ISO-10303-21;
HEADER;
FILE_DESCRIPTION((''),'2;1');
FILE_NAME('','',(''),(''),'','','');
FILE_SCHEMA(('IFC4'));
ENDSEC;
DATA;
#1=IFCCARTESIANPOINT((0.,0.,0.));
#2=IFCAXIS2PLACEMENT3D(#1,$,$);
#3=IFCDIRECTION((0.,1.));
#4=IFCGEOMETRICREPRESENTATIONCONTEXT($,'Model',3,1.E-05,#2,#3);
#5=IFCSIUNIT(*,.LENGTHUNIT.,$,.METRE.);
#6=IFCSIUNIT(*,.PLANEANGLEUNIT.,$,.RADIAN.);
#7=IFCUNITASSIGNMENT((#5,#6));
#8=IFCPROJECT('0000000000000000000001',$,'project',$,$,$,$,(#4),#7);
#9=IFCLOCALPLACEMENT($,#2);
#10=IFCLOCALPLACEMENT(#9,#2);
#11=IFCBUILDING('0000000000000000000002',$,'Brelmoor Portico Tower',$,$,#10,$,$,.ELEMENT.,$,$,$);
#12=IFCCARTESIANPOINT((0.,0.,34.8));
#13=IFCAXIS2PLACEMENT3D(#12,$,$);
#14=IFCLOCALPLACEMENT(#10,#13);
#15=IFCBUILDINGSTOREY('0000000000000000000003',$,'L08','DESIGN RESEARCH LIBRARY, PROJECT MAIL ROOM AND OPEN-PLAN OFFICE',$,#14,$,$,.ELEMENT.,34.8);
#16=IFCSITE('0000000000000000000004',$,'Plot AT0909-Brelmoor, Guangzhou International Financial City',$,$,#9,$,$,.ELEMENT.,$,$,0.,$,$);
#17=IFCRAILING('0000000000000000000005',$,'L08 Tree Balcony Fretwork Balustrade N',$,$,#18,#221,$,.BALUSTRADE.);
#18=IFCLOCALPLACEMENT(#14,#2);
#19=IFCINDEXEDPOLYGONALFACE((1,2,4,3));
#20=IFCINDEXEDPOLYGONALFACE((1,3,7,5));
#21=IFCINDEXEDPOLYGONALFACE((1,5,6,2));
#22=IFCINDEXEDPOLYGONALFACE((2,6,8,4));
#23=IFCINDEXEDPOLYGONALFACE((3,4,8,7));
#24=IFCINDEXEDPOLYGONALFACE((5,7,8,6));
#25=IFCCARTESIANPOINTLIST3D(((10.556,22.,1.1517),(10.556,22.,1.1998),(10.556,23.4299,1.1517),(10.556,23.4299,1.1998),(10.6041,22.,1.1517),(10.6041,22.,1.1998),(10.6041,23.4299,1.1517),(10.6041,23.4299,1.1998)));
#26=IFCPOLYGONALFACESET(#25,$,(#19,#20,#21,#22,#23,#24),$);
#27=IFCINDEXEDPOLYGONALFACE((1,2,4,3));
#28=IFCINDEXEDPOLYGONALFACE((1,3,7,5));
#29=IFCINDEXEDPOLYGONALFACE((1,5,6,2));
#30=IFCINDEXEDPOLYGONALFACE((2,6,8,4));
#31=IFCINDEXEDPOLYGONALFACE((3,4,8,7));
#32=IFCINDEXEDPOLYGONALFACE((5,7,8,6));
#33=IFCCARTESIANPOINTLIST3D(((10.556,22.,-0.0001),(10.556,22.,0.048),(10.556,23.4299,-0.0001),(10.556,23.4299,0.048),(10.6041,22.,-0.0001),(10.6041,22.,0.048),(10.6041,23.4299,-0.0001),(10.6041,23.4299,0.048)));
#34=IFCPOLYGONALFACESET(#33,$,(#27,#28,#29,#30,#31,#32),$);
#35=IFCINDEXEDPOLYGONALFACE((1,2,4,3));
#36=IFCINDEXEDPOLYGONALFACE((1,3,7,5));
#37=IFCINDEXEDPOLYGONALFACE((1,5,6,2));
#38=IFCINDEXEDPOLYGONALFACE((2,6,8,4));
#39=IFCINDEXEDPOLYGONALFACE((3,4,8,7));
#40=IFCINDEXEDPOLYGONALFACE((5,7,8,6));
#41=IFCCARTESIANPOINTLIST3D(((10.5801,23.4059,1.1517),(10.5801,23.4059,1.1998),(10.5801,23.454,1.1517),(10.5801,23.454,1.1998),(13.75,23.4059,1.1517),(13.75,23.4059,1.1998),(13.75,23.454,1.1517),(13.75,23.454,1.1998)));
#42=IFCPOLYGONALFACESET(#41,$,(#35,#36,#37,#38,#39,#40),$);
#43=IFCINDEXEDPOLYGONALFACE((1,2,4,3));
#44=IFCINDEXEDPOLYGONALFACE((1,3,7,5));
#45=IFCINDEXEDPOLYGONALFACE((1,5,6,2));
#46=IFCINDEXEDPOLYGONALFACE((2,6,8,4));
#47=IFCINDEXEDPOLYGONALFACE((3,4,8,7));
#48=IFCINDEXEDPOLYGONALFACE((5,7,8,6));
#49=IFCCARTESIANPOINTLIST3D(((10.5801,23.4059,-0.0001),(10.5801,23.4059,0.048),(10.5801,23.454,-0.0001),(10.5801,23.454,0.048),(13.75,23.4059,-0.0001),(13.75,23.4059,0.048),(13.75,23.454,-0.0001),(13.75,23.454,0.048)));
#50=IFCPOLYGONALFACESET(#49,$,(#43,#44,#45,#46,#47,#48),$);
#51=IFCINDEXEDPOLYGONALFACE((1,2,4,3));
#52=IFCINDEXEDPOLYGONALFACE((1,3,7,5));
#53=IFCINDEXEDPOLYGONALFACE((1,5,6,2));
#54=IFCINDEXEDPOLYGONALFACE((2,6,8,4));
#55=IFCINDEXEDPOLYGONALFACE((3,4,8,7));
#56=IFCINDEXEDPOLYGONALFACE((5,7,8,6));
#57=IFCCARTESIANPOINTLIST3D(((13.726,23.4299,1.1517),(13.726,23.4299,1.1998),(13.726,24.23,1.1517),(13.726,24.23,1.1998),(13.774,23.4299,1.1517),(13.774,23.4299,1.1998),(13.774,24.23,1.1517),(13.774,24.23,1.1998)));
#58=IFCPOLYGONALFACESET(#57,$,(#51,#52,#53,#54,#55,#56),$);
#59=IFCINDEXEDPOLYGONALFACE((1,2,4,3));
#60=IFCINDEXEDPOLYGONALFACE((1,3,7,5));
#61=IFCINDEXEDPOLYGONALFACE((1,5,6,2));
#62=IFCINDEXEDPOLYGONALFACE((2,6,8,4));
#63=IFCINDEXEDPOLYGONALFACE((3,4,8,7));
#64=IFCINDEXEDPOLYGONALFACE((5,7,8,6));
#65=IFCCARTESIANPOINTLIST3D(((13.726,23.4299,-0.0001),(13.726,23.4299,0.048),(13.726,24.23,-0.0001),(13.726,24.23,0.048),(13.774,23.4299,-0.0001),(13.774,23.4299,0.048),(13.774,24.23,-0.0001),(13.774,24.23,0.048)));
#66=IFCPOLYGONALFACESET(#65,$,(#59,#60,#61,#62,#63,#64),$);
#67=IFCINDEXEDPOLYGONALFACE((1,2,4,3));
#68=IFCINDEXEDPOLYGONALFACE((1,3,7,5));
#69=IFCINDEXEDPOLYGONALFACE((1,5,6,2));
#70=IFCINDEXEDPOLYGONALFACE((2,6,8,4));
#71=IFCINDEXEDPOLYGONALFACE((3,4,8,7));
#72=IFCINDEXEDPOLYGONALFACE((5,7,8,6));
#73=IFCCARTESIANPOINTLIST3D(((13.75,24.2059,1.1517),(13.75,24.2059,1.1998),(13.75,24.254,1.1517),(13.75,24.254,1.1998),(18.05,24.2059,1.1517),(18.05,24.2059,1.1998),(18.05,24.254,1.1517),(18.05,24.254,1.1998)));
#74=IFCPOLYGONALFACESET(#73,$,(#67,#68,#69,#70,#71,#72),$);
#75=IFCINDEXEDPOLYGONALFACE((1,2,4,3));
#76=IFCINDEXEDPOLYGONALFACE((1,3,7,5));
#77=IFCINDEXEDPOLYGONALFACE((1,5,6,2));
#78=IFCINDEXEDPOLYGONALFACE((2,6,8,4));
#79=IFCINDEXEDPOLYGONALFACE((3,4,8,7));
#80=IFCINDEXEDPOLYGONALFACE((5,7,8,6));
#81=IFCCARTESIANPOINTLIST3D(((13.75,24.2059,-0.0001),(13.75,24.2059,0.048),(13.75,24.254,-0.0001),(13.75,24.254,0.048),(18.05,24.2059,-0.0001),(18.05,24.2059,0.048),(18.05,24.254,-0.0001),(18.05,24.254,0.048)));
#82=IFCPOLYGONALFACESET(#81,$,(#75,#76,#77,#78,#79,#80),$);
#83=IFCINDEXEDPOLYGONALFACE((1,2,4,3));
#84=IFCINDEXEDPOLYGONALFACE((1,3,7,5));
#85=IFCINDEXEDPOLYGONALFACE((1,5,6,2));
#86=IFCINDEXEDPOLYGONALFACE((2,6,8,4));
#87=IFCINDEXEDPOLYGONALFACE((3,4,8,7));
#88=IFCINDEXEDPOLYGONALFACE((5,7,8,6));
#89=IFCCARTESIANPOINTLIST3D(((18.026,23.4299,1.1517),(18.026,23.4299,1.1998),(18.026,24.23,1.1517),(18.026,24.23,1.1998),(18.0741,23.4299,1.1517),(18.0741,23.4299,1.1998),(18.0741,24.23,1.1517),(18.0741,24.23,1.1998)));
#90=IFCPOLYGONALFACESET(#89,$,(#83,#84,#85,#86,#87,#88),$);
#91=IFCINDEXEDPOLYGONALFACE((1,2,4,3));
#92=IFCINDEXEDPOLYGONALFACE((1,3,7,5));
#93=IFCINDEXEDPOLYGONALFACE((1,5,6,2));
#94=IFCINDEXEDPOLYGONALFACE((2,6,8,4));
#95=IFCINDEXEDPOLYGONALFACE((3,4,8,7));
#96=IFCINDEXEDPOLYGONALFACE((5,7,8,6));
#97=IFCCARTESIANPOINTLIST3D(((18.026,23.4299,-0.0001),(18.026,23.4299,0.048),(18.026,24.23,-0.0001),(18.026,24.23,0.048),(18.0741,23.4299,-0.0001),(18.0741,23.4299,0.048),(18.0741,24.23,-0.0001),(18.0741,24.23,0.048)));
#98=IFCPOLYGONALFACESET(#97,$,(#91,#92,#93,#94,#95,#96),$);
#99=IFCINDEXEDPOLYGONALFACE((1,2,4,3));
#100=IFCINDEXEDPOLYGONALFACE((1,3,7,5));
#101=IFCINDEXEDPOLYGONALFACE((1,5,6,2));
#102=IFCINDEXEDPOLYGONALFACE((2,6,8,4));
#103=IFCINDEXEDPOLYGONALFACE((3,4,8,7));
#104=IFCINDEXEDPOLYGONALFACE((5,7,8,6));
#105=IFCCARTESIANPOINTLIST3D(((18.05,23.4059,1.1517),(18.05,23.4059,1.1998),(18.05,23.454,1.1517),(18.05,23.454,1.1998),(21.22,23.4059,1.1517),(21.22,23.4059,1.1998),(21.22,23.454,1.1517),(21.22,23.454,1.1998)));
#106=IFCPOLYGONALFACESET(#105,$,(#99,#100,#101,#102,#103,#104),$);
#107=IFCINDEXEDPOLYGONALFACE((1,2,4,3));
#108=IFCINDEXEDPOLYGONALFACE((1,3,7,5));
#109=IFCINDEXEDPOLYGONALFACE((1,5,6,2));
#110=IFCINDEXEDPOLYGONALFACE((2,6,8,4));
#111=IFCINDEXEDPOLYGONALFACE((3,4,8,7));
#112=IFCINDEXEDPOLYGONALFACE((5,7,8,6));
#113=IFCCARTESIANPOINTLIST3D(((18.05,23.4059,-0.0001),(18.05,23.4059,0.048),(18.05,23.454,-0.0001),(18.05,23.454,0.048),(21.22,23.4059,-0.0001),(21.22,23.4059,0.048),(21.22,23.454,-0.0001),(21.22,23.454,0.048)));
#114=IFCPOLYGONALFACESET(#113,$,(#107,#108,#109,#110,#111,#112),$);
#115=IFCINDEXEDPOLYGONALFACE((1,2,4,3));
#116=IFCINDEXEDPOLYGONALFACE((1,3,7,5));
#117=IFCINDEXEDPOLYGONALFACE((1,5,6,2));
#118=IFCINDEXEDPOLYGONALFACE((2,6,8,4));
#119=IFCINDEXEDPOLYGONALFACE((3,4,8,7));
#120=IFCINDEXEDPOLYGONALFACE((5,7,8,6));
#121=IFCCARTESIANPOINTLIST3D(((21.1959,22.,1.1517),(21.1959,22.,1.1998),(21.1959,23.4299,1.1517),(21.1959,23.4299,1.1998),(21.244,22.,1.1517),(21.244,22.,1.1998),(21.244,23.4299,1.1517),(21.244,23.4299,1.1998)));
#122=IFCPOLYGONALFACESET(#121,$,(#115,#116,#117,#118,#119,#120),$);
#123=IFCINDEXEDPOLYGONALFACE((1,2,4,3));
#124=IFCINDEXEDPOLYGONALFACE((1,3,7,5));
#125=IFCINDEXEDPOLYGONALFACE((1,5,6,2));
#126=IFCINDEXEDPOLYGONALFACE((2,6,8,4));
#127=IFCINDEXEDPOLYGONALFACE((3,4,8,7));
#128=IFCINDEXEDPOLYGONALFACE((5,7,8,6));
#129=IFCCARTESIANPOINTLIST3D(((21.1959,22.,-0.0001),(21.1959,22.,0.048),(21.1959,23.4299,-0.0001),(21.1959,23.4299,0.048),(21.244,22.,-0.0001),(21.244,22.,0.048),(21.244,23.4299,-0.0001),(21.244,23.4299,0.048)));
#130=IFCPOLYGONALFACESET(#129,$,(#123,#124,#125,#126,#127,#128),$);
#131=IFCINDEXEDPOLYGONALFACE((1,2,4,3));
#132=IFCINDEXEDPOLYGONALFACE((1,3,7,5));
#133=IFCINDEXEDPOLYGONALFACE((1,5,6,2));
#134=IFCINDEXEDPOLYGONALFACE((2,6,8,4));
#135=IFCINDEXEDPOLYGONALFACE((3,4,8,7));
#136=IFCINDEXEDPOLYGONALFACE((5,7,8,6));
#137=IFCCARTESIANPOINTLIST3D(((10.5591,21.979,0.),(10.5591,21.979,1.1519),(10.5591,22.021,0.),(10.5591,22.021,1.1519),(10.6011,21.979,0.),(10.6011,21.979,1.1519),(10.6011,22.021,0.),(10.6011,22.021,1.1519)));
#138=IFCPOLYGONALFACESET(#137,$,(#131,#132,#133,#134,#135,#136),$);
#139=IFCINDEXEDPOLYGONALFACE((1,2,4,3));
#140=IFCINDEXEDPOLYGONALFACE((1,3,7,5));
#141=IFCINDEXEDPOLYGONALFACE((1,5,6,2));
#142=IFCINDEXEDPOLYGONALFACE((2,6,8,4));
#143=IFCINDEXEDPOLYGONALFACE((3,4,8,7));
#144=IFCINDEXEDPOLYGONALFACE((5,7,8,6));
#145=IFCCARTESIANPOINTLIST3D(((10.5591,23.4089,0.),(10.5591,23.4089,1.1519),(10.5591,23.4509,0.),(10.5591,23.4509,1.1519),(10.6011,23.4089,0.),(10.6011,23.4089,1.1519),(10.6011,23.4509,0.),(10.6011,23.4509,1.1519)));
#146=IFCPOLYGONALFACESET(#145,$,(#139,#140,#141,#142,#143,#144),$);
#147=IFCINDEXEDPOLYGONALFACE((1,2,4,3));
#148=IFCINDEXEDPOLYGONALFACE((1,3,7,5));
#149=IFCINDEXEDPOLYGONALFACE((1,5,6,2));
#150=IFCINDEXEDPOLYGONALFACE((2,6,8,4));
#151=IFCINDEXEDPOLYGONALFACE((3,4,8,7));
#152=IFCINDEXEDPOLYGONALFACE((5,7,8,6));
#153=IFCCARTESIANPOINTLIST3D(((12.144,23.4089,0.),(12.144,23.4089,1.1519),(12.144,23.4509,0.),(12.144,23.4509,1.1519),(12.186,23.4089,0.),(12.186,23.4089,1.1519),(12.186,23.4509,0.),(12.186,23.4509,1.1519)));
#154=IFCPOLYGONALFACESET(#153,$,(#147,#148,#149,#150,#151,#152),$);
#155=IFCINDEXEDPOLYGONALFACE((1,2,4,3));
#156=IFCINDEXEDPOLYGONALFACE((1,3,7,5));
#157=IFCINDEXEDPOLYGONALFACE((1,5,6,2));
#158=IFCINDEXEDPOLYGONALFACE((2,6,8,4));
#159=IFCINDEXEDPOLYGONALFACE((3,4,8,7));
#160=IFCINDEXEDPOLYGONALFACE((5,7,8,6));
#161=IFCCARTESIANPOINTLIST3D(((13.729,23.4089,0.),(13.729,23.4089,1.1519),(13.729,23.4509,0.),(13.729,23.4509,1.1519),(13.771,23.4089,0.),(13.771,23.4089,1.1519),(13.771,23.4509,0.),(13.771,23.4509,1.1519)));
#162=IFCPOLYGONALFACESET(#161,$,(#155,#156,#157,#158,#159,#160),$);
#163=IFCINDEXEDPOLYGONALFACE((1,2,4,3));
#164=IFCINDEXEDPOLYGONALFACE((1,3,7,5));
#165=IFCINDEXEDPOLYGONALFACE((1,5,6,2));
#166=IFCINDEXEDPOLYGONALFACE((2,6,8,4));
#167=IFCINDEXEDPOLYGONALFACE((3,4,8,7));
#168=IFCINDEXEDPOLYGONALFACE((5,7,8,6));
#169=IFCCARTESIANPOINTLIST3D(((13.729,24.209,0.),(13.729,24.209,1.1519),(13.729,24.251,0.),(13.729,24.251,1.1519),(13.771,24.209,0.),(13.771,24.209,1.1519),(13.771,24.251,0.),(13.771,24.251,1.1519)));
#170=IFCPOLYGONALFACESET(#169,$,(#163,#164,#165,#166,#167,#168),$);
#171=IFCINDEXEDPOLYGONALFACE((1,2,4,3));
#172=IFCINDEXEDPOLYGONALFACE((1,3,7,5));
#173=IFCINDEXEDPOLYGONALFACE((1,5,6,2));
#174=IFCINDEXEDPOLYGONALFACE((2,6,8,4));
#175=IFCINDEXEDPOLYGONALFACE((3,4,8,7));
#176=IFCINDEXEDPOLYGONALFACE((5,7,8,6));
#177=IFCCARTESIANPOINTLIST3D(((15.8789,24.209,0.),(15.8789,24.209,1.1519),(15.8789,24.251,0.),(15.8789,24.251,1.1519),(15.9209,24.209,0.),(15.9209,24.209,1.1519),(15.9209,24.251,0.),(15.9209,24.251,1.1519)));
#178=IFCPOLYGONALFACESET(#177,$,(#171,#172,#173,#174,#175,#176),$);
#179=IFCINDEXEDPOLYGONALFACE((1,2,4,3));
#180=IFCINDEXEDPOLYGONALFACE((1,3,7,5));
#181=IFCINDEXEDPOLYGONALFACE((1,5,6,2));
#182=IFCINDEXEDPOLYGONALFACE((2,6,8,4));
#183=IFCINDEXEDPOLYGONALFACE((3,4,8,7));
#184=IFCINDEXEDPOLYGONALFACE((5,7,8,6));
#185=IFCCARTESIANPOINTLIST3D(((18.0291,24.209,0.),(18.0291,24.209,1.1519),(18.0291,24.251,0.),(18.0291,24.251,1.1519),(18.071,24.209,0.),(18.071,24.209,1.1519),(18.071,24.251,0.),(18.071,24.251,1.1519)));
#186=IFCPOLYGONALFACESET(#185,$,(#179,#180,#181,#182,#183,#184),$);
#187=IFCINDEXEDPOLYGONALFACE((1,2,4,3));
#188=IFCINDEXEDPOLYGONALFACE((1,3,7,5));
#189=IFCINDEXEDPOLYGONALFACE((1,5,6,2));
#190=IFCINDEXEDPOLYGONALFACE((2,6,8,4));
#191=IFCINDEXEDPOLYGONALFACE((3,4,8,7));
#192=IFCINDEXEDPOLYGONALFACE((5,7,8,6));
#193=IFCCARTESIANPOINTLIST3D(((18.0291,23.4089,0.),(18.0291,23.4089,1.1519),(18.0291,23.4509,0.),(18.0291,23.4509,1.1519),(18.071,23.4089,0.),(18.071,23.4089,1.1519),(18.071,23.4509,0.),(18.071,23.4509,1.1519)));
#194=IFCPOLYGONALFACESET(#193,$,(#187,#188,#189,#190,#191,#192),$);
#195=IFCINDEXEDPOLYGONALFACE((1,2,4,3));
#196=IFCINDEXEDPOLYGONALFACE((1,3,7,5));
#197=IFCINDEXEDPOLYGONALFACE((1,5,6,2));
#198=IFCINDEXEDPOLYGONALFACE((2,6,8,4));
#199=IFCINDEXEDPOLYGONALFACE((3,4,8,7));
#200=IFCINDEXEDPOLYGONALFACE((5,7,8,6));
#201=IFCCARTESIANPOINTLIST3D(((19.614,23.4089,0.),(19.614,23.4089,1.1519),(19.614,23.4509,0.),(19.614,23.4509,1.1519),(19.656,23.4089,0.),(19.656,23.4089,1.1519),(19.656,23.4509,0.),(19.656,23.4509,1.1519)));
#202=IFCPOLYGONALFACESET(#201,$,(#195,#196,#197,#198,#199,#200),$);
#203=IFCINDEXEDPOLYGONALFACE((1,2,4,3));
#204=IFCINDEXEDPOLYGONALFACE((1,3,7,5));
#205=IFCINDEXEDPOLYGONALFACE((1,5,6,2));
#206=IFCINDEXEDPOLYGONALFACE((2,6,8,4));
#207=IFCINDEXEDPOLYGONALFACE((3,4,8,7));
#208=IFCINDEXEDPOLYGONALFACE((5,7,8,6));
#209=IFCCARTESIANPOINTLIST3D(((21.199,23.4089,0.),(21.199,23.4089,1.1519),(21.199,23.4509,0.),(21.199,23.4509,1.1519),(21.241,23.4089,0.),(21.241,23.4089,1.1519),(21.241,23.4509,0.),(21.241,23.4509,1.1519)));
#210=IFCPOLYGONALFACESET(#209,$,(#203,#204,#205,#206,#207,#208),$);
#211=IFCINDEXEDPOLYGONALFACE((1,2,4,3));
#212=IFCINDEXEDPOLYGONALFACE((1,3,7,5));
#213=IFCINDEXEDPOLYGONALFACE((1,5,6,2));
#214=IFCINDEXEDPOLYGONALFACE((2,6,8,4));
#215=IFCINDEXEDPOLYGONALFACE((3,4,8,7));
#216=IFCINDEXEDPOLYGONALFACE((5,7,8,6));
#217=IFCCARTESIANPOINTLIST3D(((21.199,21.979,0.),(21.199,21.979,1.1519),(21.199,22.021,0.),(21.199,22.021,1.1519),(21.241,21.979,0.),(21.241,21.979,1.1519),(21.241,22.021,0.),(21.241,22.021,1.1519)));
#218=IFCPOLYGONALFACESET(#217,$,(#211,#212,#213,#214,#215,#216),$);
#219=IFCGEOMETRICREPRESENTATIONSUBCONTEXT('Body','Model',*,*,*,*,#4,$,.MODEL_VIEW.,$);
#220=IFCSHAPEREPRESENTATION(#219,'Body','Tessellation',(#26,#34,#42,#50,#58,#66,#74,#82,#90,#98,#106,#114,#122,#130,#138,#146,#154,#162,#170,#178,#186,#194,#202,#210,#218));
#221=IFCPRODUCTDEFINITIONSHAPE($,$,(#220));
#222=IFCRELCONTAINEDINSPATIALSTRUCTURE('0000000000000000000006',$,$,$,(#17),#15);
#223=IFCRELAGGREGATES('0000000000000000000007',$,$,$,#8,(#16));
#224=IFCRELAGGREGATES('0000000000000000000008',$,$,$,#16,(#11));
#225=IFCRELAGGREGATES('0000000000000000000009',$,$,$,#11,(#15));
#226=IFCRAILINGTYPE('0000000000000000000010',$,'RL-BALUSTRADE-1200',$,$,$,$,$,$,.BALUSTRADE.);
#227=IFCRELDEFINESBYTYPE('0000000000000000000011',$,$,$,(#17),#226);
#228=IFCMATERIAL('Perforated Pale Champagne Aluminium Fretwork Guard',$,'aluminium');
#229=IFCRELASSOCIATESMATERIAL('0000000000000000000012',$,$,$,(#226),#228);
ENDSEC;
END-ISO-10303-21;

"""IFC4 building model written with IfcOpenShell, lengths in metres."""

from ifc_helpers import new_model, si_unit, direction, frame, origin, origin_2d, place, context, subcontext, project, spatial, rectangle, extrude, material, type_object, element, save


model = new_model("IFC4")

# Units and contexts
model_context = context("Model", 3, precision=1e-05, world=origin(), true_north=direction((0.0, 1.0)))
body_context = subcontext(model_context, "Body", "Model", "MODEL_VIEW")
ifc_project = project(units=[si_unit("LENGTHUNIT", "METRE"), si_unit("PLANEANGLEUNIT", "RADIAN")], contexts=[model_context])

# Site, building, storey
site_placement = place(None, origin())
site = spatial("IfcSite", under=ifc_project, at=site_placement, Name="Plot AT0909-Brelmoor, Guangzhou International Financial City", CompositionType="ELEMENT", RefElevation=0.0)
building_placement = place(site_placement, origin())
building = spatial("IfcBuilding", under=site, at=building_placement, Name="Brelmoor Portico Tower", CompositionType="ELEMENT")
storey_placement = place(building_placement, frame((0.0, 0.0, 34.8)))
storey = spatial("IfcBuildingStorey", under=building, at=storey_placement, Name="L08", Description="DESIGN RESEARCH LIBRARY, PROJECT MAIL ROOM AND OPEN-PLAN OFFICE", CompositionType="ELEMENT", Elevation=34.8)

# Railing
ifc_material_1 = material(Name="Perforated Pale Champagne Aluminium Fretwork Guard", Category="aluminium")
railing_type = type_object("IfcRailingType", Name="RL-BALUSTRADE-1200", PredefinedType="BALUSTRADE", material=ifc_material_1)
railing_placement = place(storey_placement, frame((10.5801, 22.0, 0.0)))
element("IfcRailing", 1, at=railing_placement, inside=storey, type_object=railing_type, Name="L08 Tree Balcony Fretwork Balustrade N", PredefinedType="BALUSTRADE", context=body_context, shape_type="SweptSolid", body=[
    extrude(rectangle(XDim=0.0481, YDim=0.0481, at=origin_2d()), frame((0.0, 0.0, 1.1758), z_axis=(0.0, 1.0, 0.0), x_axis=(-1.0, 0.0, 0.0)), (0.0, 0.0, 1.0), 1.4299),
    extrude(rectangle(XDim=0.0481, YDim=0.0481, at=origin_2d()), frame((0.0, 0.0, 0.0239), z_axis=(0.0, 1.0, 0.0), x_axis=(-1.0, 0.0, 0.0)), (0.0, 0.0, 1.0), 1.4299),
    extrude(rectangle(XDim=0.0481, YDim=0.0481, at=origin_2d()), frame((0.0, 1.4299, 1.1758), z_axis=(1.0, 0.0, 0.0), x_axis=(0.0, 1.0, 0.0)), (0.0, 0.0, 1.0), 3.1699),
    extrude(rectangle(XDim=0.0481, YDim=0.0481, at=origin_2d()), frame((0.0, 1.4299, 0.0239), z_axis=(1.0, 0.0, 0.0), x_axis=(0.0, 1.0, 0.0)), (0.0, 0.0, 1.0), 3.1699),
    extrude(rectangle(XDim=0.0481, YDim=0.0481, at=origin_2d()), frame((3.1699, 1.4299, 1.1758), z_axis=(0.0, 1.0, 0.0), x_axis=(-1.0, 0.0, 0.0)), (0.0, 0.0, 1.0), 0.8),
    extrude(rectangle(XDim=0.0481, YDim=0.0481, at=origin_2d()), frame((3.1699, 1.4299, 0.0239), z_axis=(0.0, 1.0, 0.0), x_axis=(-1.0, 0.0, 0.0)), (0.0, 0.0, 1.0), 0.8),
    extrude(rectangle(XDim=0.0481, YDim=0.0481, at=origin_2d()), frame((3.1699, 2.23, 1.1758), z_axis=(1.0, 0.0, 0.0), x_axis=(0.0, 1.0, 0.0)), (0.0, 0.0, 1.0), 4.3),
    extrude(rectangle(XDim=0.0481, YDim=0.0481, at=origin_2d()), frame((3.1699, 2.23, 0.0239), z_axis=(1.0, 0.0, 0.0), x_axis=(0.0, 1.0, 0.0)), (0.0, 0.0, 1.0), 4.3),
    extrude(rectangle(XDim=0.0481, YDim=0.0481, at=origin_2d()), frame((7.47, 2.23, 1.1758), z_axis=(0.0, -1.0, 0.0), x_axis=(1.0, 0.0, 0.0)), (0.0, 0.0, 1.0), 0.8),
    extrude(rectangle(XDim=0.0481, YDim=0.0481, at=origin_2d()), frame((7.47, 2.23, 0.0239), z_axis=(0.0, -1.0, 0.0), x_axis=(1.0, 0.0, 0.0)), (0.0, 0.0, 1.0), 0.8),
    extrude(rectangle(XDim=0.0481, YDim=0.0481, at=origin_2d()), frame((7.47, 1.4299, 1.1758), z_axis=(1.0, 0.0, 0.0), x_axis=(0.0, 1.0, 0.0)), (0.0, 0.0, 1.0), 3.1699),
    extrude(rectangle(XDim=0.0481, YDim=0.0481, at=origin_2d()), frame((7.47, 1.4299, 0.0239), z_axis=(1.0, 0.0, 0.0), x_axis=(0.0, 1.0, 0.0)), (0.0, 0.0, 1.0), 3.1699),
    extrude(rectangle(XDim=0.0481, YDim=0.0481, at=origin_2d()), frame((10.6399, 1.4299, 1.1758), z_axis=(0.0, -1.0, 0.0), x_axis=(1.0, 0.0, 0.0)), (0.0, 0.0, 1.0), 1.4299),
    extrude(rectangle(XDim=0.0481, YDim=0.0481, at=origin_2d()), frame((10.6399, 1.4299, 0.0239), z_axis=(0.0, -1.0, 0.0), x_axis=(1.0, 0.0, 0.0)), (0.0, 0.0, 1.0), 1.4299),
    extrude(rectangle(XDim=0.042, YDim=0.042, at=origin_2d()), origin(), (0.0, 0.0, 1.0), 1.1519),
    extrude(rectangle(XDim=0.042, YDim=0.042, at=origin_2d()), frame((0.0, 1.4299, 0.0)), (0.0, 0.0, 1.0), 1.1519),
    extrude(rectangle(XDim=0.042, YDim=0.042, at=origin_2d()), frame((1.585, 1.4299, 0.0)), (0.0, 0.0, 1.0), 1.1519),
    extrude(rectangle(XDim=0.042, YDim=0.042, at=origin_2d()), frame((3.1699, 1.4299, 0.0)), (0.0, 0.0, 1.0), 1.1519),
    extrude(rectangle(XDim=0.042, YDim=0.042, at=origin_2d()), frame((3.1699, 2.23, 0.0)), (0.0, 0.0, 1.0), 1.1519),
    extrude(rectangle(XDim=0.042, YDim=0.042, at=origin_2d()), frame((5.3198, 2.23, 0.0)), (0.0, 0.0, 1.0), 1.1519),
    extrude(rectangle(XDim=0.042, YDim=0.042, at=origin_2d()), frame((7.47, 2.23, 0.0)), (0.0, 0.0, 1.0), 1.1519),
    extrude(rectangle(XDim=0.042, YDim=0.042, at=origin_2d()), frame((7.47, 1.4299, 0.0)), (0.0, 0.0, 1.0), 1.1519),
    extrude(rectangle(XDim=0.042, YDim=0.042, at=origin_2d()), frame((9.0549, 1.4299, 0.0)), (0.0, 0.0, 1.0), 1.1519),
    extrude(rectangle(XDim=0.042, YDim=0.042, at=origin_2d()), frame((10.6399, 1.4299, 0.0)), (0.0, 0.0, 1.0), 1.1519),
    extrude(rectangle(XDim=0.042, YDim=0.042, at=origin_2d()), frame((10.6399, 0.0, 0.0)), (0.0, 0.0, 1.0), 1.1519),
])

save(model, "model.ifc")
